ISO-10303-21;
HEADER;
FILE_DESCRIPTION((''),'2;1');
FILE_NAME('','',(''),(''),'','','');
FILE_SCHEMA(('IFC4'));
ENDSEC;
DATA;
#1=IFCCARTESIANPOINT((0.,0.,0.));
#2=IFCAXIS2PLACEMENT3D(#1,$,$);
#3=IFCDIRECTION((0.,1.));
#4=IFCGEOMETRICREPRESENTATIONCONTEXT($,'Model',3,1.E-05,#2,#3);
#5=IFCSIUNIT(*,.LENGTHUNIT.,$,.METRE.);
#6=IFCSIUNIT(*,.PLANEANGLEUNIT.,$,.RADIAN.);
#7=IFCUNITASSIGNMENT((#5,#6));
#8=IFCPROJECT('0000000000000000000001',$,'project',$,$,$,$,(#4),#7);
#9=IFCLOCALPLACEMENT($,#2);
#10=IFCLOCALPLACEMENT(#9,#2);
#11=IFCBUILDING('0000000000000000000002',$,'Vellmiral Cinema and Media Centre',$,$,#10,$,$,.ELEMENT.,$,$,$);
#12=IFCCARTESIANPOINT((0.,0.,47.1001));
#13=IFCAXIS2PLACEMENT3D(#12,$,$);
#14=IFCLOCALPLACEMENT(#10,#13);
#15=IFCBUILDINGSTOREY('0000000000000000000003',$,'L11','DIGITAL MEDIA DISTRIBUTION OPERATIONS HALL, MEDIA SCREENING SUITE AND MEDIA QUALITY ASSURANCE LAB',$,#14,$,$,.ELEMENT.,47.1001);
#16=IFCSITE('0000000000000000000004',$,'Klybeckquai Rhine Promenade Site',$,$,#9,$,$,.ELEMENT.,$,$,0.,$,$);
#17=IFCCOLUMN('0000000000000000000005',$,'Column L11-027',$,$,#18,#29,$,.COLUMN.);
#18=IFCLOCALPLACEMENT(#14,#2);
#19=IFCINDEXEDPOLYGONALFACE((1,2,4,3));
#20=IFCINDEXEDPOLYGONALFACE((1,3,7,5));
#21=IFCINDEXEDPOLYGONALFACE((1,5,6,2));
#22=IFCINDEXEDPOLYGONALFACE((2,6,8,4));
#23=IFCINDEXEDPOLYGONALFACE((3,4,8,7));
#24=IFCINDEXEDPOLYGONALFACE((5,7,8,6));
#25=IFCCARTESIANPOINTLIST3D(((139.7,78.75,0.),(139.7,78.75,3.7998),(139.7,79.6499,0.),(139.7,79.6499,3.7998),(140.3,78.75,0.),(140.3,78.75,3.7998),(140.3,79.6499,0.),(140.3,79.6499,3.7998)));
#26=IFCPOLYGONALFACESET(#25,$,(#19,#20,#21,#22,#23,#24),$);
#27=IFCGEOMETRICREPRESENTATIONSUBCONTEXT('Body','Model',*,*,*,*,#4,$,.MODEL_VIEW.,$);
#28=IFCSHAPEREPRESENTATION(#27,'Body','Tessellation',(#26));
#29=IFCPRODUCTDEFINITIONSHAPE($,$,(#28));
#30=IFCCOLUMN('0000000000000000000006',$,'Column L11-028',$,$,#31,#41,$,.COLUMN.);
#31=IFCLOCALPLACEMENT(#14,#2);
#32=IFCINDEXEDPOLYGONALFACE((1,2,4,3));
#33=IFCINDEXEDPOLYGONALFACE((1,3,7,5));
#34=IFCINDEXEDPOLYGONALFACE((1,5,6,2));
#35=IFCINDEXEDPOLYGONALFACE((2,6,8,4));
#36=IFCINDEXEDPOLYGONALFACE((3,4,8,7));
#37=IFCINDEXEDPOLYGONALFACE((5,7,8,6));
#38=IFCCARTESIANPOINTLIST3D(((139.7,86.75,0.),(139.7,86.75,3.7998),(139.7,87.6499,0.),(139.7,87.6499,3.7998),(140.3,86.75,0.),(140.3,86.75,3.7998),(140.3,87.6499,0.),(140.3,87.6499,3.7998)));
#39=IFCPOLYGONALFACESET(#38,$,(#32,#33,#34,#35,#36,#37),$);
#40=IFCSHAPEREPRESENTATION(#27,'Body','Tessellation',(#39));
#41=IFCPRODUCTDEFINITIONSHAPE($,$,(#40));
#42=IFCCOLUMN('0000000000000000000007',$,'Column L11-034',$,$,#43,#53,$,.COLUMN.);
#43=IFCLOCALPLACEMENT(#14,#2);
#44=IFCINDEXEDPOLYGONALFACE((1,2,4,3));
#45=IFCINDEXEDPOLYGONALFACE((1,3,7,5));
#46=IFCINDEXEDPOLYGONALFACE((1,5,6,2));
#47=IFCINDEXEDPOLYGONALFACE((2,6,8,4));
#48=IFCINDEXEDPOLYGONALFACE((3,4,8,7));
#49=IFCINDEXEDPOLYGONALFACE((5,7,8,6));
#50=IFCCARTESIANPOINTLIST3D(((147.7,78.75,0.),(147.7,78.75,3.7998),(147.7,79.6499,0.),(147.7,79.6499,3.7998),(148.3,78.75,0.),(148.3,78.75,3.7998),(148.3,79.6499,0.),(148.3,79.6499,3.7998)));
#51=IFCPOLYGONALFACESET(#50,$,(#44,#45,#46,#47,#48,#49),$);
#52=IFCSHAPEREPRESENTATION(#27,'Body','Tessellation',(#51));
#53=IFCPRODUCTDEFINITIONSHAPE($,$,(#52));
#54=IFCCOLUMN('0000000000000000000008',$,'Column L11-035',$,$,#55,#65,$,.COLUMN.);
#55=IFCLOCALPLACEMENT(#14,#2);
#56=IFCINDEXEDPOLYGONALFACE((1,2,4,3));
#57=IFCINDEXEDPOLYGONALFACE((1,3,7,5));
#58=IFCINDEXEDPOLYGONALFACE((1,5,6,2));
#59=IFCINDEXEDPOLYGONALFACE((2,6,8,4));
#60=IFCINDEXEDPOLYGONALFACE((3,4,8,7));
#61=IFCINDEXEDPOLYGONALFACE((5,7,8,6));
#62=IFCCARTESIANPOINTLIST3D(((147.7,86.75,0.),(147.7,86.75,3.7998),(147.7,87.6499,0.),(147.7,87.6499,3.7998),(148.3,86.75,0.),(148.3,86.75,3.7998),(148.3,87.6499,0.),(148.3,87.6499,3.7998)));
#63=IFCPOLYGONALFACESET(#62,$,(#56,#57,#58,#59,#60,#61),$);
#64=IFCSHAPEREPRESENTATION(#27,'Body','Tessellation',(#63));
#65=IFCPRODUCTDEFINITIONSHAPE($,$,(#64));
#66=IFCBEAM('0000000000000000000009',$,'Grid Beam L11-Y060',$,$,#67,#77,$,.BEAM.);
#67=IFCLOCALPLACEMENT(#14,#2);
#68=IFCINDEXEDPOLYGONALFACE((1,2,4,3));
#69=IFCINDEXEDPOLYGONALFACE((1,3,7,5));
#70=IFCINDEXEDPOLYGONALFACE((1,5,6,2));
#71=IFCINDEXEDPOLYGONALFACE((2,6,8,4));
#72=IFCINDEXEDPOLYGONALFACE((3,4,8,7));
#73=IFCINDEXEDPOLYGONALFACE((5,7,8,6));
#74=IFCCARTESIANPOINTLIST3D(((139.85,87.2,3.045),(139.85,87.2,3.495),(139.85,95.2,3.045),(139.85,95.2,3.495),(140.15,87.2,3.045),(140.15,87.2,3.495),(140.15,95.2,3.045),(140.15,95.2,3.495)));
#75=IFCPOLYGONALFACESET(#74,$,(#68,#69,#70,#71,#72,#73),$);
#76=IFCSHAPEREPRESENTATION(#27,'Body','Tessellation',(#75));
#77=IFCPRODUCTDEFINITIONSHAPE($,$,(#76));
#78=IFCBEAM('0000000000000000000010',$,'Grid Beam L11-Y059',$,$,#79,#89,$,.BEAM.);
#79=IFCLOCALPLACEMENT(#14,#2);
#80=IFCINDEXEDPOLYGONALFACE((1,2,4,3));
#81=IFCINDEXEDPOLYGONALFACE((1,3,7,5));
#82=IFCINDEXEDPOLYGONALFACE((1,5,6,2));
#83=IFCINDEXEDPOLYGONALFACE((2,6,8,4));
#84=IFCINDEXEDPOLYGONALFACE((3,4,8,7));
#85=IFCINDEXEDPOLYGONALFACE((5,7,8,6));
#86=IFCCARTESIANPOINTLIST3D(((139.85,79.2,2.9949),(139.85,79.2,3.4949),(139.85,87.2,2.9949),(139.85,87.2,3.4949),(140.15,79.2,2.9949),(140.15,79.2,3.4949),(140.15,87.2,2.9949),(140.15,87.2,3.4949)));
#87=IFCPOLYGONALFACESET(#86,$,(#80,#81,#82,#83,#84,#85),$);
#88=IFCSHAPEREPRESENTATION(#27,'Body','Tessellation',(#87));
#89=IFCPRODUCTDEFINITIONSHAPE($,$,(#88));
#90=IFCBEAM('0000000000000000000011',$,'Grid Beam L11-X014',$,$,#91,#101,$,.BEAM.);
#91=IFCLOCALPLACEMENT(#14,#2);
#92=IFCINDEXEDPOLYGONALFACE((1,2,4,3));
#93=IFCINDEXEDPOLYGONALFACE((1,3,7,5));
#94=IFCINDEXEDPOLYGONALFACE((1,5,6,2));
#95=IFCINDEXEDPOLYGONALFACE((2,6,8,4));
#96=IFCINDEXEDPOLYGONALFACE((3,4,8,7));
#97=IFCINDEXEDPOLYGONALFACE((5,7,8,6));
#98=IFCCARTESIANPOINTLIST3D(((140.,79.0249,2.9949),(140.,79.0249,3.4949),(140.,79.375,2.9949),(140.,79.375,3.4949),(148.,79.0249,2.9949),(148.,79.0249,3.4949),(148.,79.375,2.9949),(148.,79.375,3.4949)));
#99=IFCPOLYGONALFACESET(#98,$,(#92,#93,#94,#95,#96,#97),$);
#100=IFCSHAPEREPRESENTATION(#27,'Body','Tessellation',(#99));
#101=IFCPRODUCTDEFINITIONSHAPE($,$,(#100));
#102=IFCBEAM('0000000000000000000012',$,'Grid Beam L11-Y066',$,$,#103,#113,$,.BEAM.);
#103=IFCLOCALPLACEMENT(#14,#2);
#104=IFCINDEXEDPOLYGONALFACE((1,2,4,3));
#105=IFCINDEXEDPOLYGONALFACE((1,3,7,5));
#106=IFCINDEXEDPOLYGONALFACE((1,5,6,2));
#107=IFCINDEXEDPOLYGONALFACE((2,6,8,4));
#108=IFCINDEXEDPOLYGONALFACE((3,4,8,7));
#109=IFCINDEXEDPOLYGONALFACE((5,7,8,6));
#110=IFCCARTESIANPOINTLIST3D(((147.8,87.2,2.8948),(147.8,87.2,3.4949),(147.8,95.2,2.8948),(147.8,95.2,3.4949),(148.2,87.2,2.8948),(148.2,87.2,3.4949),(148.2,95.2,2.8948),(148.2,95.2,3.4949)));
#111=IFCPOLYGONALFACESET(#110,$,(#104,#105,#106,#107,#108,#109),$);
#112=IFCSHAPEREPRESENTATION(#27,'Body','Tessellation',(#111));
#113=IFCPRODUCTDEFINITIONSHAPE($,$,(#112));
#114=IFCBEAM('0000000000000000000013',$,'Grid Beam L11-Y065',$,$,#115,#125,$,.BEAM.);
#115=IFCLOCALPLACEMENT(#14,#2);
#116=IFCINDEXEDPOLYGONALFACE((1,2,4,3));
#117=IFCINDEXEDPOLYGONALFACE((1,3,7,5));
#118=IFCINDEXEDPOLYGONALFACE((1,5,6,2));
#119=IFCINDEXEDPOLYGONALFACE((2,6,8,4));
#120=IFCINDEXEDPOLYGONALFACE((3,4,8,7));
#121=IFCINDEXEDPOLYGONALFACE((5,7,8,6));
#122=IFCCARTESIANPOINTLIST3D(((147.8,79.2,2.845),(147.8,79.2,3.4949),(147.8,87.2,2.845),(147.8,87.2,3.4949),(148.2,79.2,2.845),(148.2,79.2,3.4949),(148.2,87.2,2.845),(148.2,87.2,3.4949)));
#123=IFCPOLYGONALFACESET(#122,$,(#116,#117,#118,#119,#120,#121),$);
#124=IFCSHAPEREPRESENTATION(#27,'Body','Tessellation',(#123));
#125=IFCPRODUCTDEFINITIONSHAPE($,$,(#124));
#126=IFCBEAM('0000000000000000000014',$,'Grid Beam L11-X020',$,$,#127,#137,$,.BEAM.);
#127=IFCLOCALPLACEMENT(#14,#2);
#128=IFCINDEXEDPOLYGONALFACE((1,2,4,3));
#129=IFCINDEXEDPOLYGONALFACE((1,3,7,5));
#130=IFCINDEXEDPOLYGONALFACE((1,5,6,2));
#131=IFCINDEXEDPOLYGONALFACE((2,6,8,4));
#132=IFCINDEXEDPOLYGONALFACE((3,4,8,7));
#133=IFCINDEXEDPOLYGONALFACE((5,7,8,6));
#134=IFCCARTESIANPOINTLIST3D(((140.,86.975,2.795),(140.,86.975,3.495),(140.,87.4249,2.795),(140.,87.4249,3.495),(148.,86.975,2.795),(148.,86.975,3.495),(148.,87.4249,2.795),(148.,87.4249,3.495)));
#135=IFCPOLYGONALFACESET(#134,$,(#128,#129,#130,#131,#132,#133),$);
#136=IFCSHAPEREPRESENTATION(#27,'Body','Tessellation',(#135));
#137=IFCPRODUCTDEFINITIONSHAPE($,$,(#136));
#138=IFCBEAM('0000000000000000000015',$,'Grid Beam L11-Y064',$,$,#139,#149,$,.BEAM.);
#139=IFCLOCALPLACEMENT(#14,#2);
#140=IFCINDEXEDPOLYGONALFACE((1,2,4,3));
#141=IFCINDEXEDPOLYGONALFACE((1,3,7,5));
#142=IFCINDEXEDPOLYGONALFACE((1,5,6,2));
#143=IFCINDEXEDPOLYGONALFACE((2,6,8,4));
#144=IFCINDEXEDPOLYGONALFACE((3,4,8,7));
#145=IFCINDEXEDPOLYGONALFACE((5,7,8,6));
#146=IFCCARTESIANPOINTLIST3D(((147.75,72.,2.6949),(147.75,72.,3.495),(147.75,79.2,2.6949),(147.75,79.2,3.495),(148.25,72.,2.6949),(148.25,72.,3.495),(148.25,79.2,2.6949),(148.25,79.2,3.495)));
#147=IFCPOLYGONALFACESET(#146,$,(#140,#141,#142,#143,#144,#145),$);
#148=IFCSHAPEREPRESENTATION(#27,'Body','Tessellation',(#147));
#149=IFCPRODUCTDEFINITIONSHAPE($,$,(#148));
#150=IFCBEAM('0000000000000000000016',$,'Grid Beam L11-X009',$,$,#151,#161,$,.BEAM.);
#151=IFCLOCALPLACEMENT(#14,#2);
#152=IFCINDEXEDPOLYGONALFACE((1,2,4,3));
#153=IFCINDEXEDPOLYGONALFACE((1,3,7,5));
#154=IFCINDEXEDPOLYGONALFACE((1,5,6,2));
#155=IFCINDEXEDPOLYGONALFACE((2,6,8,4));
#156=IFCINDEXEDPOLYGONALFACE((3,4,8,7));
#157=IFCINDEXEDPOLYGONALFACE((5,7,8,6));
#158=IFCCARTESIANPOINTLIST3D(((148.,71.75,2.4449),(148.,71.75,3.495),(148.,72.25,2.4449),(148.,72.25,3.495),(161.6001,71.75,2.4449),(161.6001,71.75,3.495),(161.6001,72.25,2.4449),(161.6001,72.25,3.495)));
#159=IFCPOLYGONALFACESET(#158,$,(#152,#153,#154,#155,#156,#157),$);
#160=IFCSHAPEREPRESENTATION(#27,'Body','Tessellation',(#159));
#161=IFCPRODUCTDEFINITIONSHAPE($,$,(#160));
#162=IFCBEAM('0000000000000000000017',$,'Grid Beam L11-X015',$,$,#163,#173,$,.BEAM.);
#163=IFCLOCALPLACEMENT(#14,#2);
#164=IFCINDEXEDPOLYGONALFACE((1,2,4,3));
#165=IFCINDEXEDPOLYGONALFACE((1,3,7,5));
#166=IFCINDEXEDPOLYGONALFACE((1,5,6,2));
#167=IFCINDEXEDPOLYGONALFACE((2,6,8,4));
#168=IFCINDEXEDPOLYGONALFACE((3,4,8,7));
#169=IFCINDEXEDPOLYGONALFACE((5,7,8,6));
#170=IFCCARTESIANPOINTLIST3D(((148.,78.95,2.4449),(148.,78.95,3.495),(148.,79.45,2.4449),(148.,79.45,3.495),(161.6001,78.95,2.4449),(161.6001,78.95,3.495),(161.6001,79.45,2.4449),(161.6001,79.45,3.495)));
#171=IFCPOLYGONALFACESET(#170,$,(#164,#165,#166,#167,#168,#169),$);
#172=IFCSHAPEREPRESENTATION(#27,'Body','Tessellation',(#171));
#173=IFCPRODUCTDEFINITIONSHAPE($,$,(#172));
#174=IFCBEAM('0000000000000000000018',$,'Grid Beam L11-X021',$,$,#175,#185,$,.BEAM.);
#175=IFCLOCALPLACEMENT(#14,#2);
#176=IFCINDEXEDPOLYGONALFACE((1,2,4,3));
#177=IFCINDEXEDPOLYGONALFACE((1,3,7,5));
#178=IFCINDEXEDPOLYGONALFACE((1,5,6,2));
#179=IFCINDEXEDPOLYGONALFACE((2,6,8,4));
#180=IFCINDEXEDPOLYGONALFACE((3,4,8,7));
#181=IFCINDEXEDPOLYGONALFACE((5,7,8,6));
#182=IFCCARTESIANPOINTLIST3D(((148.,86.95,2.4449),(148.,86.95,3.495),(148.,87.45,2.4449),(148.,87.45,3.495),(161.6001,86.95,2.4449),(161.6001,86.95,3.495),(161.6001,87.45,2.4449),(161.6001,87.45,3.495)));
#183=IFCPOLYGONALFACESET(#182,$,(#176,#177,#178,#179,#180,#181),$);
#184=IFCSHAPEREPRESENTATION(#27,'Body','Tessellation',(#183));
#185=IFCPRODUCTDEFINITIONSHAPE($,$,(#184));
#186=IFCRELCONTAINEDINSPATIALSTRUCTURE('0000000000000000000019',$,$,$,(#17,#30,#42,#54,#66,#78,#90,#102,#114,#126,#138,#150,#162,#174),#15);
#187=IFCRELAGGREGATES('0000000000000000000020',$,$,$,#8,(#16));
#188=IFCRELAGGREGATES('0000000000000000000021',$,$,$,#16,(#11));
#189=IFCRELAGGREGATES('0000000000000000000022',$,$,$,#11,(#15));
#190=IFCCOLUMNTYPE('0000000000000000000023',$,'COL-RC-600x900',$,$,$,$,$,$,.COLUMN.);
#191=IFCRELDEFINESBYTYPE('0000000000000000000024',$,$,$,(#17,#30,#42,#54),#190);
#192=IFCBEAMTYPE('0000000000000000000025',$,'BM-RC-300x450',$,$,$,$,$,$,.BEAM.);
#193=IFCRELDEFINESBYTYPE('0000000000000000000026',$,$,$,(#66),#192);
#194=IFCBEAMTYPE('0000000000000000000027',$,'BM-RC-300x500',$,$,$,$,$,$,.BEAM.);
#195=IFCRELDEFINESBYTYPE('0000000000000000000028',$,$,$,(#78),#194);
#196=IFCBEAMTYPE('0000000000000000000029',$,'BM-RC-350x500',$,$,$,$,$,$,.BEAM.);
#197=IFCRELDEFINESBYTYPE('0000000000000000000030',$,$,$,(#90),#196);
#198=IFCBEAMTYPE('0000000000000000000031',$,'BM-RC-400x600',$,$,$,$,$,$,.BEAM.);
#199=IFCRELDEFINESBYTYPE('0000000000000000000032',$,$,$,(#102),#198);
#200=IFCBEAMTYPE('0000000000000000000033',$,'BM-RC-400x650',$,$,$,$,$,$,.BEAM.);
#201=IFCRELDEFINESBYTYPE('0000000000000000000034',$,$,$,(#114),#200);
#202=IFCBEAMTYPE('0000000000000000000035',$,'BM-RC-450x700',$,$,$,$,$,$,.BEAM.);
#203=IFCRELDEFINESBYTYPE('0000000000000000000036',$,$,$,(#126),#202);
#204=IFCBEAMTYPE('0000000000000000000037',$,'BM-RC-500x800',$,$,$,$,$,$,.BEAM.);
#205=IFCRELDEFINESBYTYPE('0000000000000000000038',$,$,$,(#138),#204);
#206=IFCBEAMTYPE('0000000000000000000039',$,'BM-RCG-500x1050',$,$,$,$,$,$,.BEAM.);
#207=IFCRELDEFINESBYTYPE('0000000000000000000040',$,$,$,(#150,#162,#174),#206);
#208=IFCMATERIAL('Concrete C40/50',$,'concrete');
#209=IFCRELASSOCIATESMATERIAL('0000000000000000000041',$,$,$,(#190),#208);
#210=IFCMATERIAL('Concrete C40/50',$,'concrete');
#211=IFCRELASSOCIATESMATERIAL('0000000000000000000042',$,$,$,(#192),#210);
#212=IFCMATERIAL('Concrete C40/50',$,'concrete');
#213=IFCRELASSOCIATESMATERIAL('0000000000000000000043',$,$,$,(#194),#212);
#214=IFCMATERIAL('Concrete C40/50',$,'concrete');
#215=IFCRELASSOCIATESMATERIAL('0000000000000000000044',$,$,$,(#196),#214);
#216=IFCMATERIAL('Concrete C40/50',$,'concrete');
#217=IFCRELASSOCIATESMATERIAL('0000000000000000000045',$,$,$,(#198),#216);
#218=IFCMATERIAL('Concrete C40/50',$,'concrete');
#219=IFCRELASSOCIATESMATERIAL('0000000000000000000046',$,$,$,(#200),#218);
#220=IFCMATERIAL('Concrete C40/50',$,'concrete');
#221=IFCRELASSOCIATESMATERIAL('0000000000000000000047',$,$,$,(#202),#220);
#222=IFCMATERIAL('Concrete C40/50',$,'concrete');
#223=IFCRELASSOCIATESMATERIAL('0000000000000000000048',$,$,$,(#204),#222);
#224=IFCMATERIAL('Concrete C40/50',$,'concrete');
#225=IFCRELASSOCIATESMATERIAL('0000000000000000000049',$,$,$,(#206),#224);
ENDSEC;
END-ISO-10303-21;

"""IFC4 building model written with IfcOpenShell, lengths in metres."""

from ifc_helpers import new_model, si_unit, direction, frame, origin, origin_2d, place, context, subcontext, project, spatial, rectangle, extrude, material, material_profile, profile_set, type_object, element, save


model = new_model("IFC4")

# Units and contexts
model_context = context("Model", 3, precision=1e-05, world=origin(), true_north=direction((0.0, 1.0)))
body_context = subcontext(model_context, "Body", "Model", "MODEL_VIEW")
ifc_project = project(units=[si_unit("LENGTHUNIT", "METRE"), si_unit("PLANEANGLEUNIT", "RADIAN")], contexts=[model_context])

# Site, building, storey
site_placement = place(None, origin())
site = spatial("IfcSite", under=ifc_project, at=site_placement, Name="Klybeckquai Rhine Promenade Site", CompositionType="ELEMENT", RefElevation=0.0)
building_placement = place(site_placement, origin())
building = spatial("IfcBuilding", under=site, at=building_placement, Name="Vellmiral Cinema and Media Centre", CompositionType="ELEMENT")
storey_placement = place(building_placement, frame((0.0, 0.0, 47.1001)))
storey = spatial("IfcBuildingStorey", under=building, at=storey_placement, Name="L11", Description="DIGITAL MEDIA DISTRIBUTION OPERATIONS HALL, MEDIA SCREENING SUITE AND MEDIA QUALITY ASSURANCE LAB", CompositionType="ELEMENT", Elevation=47.1001)

# Columns
ifc_material_1 = material(Name="Concrete C40/50", Category="concrete")
ifc_material_profile_1 = material_profile(ifc_material_1, rectangle(XDim=0.6001, YDim=0.8999, at=origin_2d()), Name="RC 600x900")
ifc_profile_set_1 = profile_set([ifc_material_profile_1], Name="Concrete C40/50")
column_type = type_object("IfcColumnType", Name="COL-RC-600x900", PredefinedType="COLUMN", material=ifc_profile_set_1)
for number, where, z_axis, x_axis, name in (
    (1, (140.0, 79.2, 0.0), (0.0, 0.0, 1.0), (1.0, 0.0, 0.0), "Column L11-027"),
    (2, (140.0, 87.2, 0.0), (0.0, 0.0, 1.0), (1.0, 0.0, 0.0), "Column L11-028"),
    (3, (148.0, 79.2, 0.0), (0.0, 0.0, 1.0), (1.0, 0.0, 0.0), "Column L11-034"),
    (4, (148.0, 87.2, 0.0), (0.0, 0.0, 1.0), (1.0, 0.0, 0.0), "Column L11-035"),
):
    element("IfcColumn", number, at=place(storey_placement, frame(where, z_axis=z_axis, x_axis=x_axis)), inside=storey, type_object=column_type, Name=name, PredefinedType="COLUMN", context=body_context, shape_type="SweptSolid", body=[
        extrude(rectangle(XDim=0.6001, YDim=0.8999, at=origin_2d()), origin(), (0.0, 0.0, 1.0), 3.7998),
    ])

# Beams
ifc_material_2 = material(Name="Concrete C40/50", Category="concrete")
ifc_material_profile_2 = material_profile(ifc_material_2, rectangle(XDim=0.3, YDim=0.45, at=origin_2d()), Name="RC 300x450")
ifc_profile_set_2 = profile_set([ifc_material_profile_2], Name="Concrete C40/50")
beam_type_1 = type_object("IfcBeamType", Name="BM-RC-300x450", PredefinedType="BEAM", material=ifc_profile_set_2)
beam_1_placement = place(storey_placement, frame((140.0, 87.2, 3.27), z_axis=(0.0, 1.0, 0.0), x_axis=(-1.0, 0.0, 0.0)))
element("IfcBeam", 5, at=beam_1_placement, inside=storey, type_object=beam_type_1, Name="Grid Beam L11-Y060", PredefinedType="BEAM", context=body_context, shape_type="SweptSolid", body=[
    extrude(rectangle(XDim=0.3, YDim=0.45, at=origin_2d()), origin(), (0.0, 0.0, 1.0), 8.0),
])
ifc_material_3 = material(Name="Concrete C40/50", Category="concrete")
ifc_material_profile_3 = material_profile(ifc_material_3, rectangle(XDim=0.3, YDim=0.5, at=origin_2d()), Name="RC 300x500")
ifc_profile_set_3 = profile_set([ifc_material_profile_3], Name="Concrete C40/50")
beam_type_2 = type_object("IfcBeamType", Name="BM-RC-300x500", PredefinedType="BEAM", material=ifc_profile_set_3)
beam_2_placement = place(storey_placement, frame((140.0, 79.2, 3.2449), z_axis=(0.0, 1.0, 0.0), x_axis=(-1.0, 0.0, 0.0)))
element("IfcBeam", 6, at=beam_2_placement, inside=storey, type_object=beam_type_2, Name="Grid Beam L11-Y059", PredefinedType="BEAM", context=body_context, shape_type="SweptSolid", body=[
    extrude(rectangle(XDim=0.3, YDim=0.5, at=origin_2d()), origin(), (0.0, 0.0, 1.0), 8.0),
])
ifc_material_4 = material(Name="Concrete C40/50", Category="concrete")
ifc_material_profile_4 = material_profile(ifc_material_4, rectangle(XDim=0.3501, YDim=0.5, at=origin_2d()), Name="RC 350x500")
ifc_profile_set_4 = profile_set([ifc_material_profile_4], Name="Concrete C40/50")
beam_type_3 = type_object("IfcBeamType", Name="BM-RC-350x500", PredefinedType="BEAM", material=ifc_profile_set_4)
beam_3_placement = place(storey_placement, frame((140.0, 79.2, 3.2449), z_axis=(1.0, 0.0, 0.0), x_axis=(0.0, 1.0, 0.0)))
element("IfcBeam", 7, at=beam_3_placement, inside=storey, type_object=beam_type_3, Name="Grid Beam L11-X014", PredefinedType="BEAM", context=body_context, shape_type="SweptSolid", body=[
    extrude(rectangle(XDim=0.3501, YDim=0.5, at=origin_2d()), origin(), (0.0, 0.0, 1.0), 8.0),
])
ifc_material_5 = material(Name="Concrete C40/50", Category="concrete")
ifc_material_profile_5 = material_profile(ifc_material_5, rectangle(XDim=0.3999, YDim=0.6001, at=origin_2d()), Name="RC 400x600")
ifc_profile_set_5 = profile_set([ifc_material_profile_5], Name="Concrete C40/50")
beam_type_4 = type_object("IfcBeamType", Name="BM-RC-400x600", PredefinedType="BEAM", material=ifc_profile_set_5)
beam_4_placement = place(storey_placement, frame((148.0, 87.2, 3.1948), z_axis=(0.0, 1.0, 0.0), x_axis=(-1.0, 0.0, 0.0)))
element("IfcBeam", 8, at=beam_4_placement, inside=storey, type_object=beam_type_4, Name="Grid Beam L11-Y066", PredefinedType="BEAM", context=body_context, shape_type="SweptSolid", body=[
    extrude(rectangle(XDim=0.3999, YDim=0.6001, at=origin_2d()), origin(), (0.0, 0.0, 1.0), 8.0),
])
ifc_material_6 = material(Name="Concrete C40/50", Category="concrete")
ifc_material_profile_6 = material_profile(ifc_material_6, rectangle(XDim=0.3999, YDim=0.6499, at=origin_2d()), Name="RC 400x650")
ifc_profile_set_6 = profile_set([ifc_material_profile_6], Name="Concrete C40/50")
beam_type_5 = type_object("IfcBeamType", Name="BM-RC-400x650", PredefinedType="BEAM", material=ifc_profile_set_6)
beam_5_placement = place(storey_placement, frame((148.0, 79.2, 3.1699), z_axis=(0.0, 1.0, 0.0), x_axis=(-1.0, 0.0, 0.0)))
element("IfcBeam", 9, at=beam_5_placement, inside=storey, type_object=beam_type_5, Name="Grid Beam L11-Y065", PredefinedType="BEAM", context=body_context, shape_type="SweptSolid", body=[
    extrude(rectangle(XDim=0.3999, YDim=0.6499, at=origin_2d()), origin(), (0.0, 0.0, 1.0), 8.0),
])
ifc_material_7 = material(Name="Concrete C40/50", Category="concrete")
ifc_material_profile_7 = material_profile(ifc_material_7, rectangle(XDim=0.45, YDim=0.7, at=origin_2d()), Name="RC 450x700")
ifc_profile_set_7 = profile_set([ifc_material_profile_7], Name="Concrete C40/50")
beam_type_6 = type_object("IfcBeamType", Name="BM-RC-450x700", PredefinedType="BEAM", material=ifc_profile_set_7)
beam_6_placement = place(storey_placement, frame((140.0, 87.2, 3.145), z_axis=(1.0, 0.0, 0.0), x_axis=(0.0, 1.0, 0.0)))
element("IfcBeam", 10, at=beam_6_placement, inside=storey, type_object=beam_type_6, Name="Grid Beam L11-X020", PredefinedType="BEAM", context=body_context, shape_type="SweptSolid", body=[
    extrude(rectangle(XDim=0.45, YDim=0.7, at=origin_2d()), origin(), (0.0, 0.0, 1.0), 8.0),
])
ifc_material_8 = material(Name="Concrete C40/50", Category="concrete")
ifc_material_profile_8 = material_profile(ifc_material_8, rectangle(XDim=0.5, YDim=0.8, at=origin_2d()), Name="RC 500x800")
ifc_profile_set_8 = profile_set([ifc_material_profile_8], Name="Concrete C40/50")
beam_type_7 = type_object("IfcBeamType", Name="BM-RC-500x800", PredefinedType="BEAM", material=ifc_profile_set_8)
beam_7_placement = place(storey_placement, frame((148.0, 72.0, 3.095), z_axis=(0.0, 1.0, 0.0), x_axis=(-1.0, 0.0, 0.0)))
element("IfcBeam", 11, at=beam_7_placement, inside=storey, type_object=beam_type_7, Name="Grid Beam L11-Y064", PredefinedType="BEAM", context=body_context, shape_type="SweptSolid", body=[
    extrude(rectangle(XDim=0.5, YDim=0.8, at=origin_2d()), origin(), (0.0, 0.0, 1.0), 7.2),
])
ifc_material_9 = material(Name="Concrete C40/50", Category="concrete")
ifc_material_profile_9 = material_profile(ifc_material_9, rectangle(XDim=0.5, YDim=1.05, at=origin_2d()), Name="RC 500x1050")
ifc_profile_set_9 = profile_set([ifc_material_profile_9], Name="Concrete C40/50")
beam_type_8 = type_object("IfcBeamType", Name="BM-RCG-500x1050", PredefinedType="BEAM", material=ifc_profile_set_9)
for number, where, z_axis, x_axis, name in (
    (12, (148.0, 72.0, 2.97), (1.0, 0.0, 0.0), (0.0, 1.0, 0.0), "Grid Beam L11-X009"),
    (13, (148.0, 79.2, 2.97), (1.0, 0.0, 0.0), (0.0, 1.0, 0.0), "Grid Beam L11-X015"),
    (14, (148.0, 87.2, 2.97), (1.0, 0.0, 0.0), (0.0, 1.0, 0.0), "Grid Beam L11-X021"),
):
    element("IfcBeam", number, at=place(storey_placement, frame(where, z_axis=z_axis, x_axis=x_axis)), inside=storey, type_object=beam_type_8, Name=name, PredefinedType="BEAM", context=body_context, shape_type="SweptSolid", body=[
        extrude(rectangle(XDim=0.5, YDim=1.05, at=origin_2d()), origin(), (0.0, 0.0, 1.0), 13.6001),
    ])

save(model, "model.ifc")
